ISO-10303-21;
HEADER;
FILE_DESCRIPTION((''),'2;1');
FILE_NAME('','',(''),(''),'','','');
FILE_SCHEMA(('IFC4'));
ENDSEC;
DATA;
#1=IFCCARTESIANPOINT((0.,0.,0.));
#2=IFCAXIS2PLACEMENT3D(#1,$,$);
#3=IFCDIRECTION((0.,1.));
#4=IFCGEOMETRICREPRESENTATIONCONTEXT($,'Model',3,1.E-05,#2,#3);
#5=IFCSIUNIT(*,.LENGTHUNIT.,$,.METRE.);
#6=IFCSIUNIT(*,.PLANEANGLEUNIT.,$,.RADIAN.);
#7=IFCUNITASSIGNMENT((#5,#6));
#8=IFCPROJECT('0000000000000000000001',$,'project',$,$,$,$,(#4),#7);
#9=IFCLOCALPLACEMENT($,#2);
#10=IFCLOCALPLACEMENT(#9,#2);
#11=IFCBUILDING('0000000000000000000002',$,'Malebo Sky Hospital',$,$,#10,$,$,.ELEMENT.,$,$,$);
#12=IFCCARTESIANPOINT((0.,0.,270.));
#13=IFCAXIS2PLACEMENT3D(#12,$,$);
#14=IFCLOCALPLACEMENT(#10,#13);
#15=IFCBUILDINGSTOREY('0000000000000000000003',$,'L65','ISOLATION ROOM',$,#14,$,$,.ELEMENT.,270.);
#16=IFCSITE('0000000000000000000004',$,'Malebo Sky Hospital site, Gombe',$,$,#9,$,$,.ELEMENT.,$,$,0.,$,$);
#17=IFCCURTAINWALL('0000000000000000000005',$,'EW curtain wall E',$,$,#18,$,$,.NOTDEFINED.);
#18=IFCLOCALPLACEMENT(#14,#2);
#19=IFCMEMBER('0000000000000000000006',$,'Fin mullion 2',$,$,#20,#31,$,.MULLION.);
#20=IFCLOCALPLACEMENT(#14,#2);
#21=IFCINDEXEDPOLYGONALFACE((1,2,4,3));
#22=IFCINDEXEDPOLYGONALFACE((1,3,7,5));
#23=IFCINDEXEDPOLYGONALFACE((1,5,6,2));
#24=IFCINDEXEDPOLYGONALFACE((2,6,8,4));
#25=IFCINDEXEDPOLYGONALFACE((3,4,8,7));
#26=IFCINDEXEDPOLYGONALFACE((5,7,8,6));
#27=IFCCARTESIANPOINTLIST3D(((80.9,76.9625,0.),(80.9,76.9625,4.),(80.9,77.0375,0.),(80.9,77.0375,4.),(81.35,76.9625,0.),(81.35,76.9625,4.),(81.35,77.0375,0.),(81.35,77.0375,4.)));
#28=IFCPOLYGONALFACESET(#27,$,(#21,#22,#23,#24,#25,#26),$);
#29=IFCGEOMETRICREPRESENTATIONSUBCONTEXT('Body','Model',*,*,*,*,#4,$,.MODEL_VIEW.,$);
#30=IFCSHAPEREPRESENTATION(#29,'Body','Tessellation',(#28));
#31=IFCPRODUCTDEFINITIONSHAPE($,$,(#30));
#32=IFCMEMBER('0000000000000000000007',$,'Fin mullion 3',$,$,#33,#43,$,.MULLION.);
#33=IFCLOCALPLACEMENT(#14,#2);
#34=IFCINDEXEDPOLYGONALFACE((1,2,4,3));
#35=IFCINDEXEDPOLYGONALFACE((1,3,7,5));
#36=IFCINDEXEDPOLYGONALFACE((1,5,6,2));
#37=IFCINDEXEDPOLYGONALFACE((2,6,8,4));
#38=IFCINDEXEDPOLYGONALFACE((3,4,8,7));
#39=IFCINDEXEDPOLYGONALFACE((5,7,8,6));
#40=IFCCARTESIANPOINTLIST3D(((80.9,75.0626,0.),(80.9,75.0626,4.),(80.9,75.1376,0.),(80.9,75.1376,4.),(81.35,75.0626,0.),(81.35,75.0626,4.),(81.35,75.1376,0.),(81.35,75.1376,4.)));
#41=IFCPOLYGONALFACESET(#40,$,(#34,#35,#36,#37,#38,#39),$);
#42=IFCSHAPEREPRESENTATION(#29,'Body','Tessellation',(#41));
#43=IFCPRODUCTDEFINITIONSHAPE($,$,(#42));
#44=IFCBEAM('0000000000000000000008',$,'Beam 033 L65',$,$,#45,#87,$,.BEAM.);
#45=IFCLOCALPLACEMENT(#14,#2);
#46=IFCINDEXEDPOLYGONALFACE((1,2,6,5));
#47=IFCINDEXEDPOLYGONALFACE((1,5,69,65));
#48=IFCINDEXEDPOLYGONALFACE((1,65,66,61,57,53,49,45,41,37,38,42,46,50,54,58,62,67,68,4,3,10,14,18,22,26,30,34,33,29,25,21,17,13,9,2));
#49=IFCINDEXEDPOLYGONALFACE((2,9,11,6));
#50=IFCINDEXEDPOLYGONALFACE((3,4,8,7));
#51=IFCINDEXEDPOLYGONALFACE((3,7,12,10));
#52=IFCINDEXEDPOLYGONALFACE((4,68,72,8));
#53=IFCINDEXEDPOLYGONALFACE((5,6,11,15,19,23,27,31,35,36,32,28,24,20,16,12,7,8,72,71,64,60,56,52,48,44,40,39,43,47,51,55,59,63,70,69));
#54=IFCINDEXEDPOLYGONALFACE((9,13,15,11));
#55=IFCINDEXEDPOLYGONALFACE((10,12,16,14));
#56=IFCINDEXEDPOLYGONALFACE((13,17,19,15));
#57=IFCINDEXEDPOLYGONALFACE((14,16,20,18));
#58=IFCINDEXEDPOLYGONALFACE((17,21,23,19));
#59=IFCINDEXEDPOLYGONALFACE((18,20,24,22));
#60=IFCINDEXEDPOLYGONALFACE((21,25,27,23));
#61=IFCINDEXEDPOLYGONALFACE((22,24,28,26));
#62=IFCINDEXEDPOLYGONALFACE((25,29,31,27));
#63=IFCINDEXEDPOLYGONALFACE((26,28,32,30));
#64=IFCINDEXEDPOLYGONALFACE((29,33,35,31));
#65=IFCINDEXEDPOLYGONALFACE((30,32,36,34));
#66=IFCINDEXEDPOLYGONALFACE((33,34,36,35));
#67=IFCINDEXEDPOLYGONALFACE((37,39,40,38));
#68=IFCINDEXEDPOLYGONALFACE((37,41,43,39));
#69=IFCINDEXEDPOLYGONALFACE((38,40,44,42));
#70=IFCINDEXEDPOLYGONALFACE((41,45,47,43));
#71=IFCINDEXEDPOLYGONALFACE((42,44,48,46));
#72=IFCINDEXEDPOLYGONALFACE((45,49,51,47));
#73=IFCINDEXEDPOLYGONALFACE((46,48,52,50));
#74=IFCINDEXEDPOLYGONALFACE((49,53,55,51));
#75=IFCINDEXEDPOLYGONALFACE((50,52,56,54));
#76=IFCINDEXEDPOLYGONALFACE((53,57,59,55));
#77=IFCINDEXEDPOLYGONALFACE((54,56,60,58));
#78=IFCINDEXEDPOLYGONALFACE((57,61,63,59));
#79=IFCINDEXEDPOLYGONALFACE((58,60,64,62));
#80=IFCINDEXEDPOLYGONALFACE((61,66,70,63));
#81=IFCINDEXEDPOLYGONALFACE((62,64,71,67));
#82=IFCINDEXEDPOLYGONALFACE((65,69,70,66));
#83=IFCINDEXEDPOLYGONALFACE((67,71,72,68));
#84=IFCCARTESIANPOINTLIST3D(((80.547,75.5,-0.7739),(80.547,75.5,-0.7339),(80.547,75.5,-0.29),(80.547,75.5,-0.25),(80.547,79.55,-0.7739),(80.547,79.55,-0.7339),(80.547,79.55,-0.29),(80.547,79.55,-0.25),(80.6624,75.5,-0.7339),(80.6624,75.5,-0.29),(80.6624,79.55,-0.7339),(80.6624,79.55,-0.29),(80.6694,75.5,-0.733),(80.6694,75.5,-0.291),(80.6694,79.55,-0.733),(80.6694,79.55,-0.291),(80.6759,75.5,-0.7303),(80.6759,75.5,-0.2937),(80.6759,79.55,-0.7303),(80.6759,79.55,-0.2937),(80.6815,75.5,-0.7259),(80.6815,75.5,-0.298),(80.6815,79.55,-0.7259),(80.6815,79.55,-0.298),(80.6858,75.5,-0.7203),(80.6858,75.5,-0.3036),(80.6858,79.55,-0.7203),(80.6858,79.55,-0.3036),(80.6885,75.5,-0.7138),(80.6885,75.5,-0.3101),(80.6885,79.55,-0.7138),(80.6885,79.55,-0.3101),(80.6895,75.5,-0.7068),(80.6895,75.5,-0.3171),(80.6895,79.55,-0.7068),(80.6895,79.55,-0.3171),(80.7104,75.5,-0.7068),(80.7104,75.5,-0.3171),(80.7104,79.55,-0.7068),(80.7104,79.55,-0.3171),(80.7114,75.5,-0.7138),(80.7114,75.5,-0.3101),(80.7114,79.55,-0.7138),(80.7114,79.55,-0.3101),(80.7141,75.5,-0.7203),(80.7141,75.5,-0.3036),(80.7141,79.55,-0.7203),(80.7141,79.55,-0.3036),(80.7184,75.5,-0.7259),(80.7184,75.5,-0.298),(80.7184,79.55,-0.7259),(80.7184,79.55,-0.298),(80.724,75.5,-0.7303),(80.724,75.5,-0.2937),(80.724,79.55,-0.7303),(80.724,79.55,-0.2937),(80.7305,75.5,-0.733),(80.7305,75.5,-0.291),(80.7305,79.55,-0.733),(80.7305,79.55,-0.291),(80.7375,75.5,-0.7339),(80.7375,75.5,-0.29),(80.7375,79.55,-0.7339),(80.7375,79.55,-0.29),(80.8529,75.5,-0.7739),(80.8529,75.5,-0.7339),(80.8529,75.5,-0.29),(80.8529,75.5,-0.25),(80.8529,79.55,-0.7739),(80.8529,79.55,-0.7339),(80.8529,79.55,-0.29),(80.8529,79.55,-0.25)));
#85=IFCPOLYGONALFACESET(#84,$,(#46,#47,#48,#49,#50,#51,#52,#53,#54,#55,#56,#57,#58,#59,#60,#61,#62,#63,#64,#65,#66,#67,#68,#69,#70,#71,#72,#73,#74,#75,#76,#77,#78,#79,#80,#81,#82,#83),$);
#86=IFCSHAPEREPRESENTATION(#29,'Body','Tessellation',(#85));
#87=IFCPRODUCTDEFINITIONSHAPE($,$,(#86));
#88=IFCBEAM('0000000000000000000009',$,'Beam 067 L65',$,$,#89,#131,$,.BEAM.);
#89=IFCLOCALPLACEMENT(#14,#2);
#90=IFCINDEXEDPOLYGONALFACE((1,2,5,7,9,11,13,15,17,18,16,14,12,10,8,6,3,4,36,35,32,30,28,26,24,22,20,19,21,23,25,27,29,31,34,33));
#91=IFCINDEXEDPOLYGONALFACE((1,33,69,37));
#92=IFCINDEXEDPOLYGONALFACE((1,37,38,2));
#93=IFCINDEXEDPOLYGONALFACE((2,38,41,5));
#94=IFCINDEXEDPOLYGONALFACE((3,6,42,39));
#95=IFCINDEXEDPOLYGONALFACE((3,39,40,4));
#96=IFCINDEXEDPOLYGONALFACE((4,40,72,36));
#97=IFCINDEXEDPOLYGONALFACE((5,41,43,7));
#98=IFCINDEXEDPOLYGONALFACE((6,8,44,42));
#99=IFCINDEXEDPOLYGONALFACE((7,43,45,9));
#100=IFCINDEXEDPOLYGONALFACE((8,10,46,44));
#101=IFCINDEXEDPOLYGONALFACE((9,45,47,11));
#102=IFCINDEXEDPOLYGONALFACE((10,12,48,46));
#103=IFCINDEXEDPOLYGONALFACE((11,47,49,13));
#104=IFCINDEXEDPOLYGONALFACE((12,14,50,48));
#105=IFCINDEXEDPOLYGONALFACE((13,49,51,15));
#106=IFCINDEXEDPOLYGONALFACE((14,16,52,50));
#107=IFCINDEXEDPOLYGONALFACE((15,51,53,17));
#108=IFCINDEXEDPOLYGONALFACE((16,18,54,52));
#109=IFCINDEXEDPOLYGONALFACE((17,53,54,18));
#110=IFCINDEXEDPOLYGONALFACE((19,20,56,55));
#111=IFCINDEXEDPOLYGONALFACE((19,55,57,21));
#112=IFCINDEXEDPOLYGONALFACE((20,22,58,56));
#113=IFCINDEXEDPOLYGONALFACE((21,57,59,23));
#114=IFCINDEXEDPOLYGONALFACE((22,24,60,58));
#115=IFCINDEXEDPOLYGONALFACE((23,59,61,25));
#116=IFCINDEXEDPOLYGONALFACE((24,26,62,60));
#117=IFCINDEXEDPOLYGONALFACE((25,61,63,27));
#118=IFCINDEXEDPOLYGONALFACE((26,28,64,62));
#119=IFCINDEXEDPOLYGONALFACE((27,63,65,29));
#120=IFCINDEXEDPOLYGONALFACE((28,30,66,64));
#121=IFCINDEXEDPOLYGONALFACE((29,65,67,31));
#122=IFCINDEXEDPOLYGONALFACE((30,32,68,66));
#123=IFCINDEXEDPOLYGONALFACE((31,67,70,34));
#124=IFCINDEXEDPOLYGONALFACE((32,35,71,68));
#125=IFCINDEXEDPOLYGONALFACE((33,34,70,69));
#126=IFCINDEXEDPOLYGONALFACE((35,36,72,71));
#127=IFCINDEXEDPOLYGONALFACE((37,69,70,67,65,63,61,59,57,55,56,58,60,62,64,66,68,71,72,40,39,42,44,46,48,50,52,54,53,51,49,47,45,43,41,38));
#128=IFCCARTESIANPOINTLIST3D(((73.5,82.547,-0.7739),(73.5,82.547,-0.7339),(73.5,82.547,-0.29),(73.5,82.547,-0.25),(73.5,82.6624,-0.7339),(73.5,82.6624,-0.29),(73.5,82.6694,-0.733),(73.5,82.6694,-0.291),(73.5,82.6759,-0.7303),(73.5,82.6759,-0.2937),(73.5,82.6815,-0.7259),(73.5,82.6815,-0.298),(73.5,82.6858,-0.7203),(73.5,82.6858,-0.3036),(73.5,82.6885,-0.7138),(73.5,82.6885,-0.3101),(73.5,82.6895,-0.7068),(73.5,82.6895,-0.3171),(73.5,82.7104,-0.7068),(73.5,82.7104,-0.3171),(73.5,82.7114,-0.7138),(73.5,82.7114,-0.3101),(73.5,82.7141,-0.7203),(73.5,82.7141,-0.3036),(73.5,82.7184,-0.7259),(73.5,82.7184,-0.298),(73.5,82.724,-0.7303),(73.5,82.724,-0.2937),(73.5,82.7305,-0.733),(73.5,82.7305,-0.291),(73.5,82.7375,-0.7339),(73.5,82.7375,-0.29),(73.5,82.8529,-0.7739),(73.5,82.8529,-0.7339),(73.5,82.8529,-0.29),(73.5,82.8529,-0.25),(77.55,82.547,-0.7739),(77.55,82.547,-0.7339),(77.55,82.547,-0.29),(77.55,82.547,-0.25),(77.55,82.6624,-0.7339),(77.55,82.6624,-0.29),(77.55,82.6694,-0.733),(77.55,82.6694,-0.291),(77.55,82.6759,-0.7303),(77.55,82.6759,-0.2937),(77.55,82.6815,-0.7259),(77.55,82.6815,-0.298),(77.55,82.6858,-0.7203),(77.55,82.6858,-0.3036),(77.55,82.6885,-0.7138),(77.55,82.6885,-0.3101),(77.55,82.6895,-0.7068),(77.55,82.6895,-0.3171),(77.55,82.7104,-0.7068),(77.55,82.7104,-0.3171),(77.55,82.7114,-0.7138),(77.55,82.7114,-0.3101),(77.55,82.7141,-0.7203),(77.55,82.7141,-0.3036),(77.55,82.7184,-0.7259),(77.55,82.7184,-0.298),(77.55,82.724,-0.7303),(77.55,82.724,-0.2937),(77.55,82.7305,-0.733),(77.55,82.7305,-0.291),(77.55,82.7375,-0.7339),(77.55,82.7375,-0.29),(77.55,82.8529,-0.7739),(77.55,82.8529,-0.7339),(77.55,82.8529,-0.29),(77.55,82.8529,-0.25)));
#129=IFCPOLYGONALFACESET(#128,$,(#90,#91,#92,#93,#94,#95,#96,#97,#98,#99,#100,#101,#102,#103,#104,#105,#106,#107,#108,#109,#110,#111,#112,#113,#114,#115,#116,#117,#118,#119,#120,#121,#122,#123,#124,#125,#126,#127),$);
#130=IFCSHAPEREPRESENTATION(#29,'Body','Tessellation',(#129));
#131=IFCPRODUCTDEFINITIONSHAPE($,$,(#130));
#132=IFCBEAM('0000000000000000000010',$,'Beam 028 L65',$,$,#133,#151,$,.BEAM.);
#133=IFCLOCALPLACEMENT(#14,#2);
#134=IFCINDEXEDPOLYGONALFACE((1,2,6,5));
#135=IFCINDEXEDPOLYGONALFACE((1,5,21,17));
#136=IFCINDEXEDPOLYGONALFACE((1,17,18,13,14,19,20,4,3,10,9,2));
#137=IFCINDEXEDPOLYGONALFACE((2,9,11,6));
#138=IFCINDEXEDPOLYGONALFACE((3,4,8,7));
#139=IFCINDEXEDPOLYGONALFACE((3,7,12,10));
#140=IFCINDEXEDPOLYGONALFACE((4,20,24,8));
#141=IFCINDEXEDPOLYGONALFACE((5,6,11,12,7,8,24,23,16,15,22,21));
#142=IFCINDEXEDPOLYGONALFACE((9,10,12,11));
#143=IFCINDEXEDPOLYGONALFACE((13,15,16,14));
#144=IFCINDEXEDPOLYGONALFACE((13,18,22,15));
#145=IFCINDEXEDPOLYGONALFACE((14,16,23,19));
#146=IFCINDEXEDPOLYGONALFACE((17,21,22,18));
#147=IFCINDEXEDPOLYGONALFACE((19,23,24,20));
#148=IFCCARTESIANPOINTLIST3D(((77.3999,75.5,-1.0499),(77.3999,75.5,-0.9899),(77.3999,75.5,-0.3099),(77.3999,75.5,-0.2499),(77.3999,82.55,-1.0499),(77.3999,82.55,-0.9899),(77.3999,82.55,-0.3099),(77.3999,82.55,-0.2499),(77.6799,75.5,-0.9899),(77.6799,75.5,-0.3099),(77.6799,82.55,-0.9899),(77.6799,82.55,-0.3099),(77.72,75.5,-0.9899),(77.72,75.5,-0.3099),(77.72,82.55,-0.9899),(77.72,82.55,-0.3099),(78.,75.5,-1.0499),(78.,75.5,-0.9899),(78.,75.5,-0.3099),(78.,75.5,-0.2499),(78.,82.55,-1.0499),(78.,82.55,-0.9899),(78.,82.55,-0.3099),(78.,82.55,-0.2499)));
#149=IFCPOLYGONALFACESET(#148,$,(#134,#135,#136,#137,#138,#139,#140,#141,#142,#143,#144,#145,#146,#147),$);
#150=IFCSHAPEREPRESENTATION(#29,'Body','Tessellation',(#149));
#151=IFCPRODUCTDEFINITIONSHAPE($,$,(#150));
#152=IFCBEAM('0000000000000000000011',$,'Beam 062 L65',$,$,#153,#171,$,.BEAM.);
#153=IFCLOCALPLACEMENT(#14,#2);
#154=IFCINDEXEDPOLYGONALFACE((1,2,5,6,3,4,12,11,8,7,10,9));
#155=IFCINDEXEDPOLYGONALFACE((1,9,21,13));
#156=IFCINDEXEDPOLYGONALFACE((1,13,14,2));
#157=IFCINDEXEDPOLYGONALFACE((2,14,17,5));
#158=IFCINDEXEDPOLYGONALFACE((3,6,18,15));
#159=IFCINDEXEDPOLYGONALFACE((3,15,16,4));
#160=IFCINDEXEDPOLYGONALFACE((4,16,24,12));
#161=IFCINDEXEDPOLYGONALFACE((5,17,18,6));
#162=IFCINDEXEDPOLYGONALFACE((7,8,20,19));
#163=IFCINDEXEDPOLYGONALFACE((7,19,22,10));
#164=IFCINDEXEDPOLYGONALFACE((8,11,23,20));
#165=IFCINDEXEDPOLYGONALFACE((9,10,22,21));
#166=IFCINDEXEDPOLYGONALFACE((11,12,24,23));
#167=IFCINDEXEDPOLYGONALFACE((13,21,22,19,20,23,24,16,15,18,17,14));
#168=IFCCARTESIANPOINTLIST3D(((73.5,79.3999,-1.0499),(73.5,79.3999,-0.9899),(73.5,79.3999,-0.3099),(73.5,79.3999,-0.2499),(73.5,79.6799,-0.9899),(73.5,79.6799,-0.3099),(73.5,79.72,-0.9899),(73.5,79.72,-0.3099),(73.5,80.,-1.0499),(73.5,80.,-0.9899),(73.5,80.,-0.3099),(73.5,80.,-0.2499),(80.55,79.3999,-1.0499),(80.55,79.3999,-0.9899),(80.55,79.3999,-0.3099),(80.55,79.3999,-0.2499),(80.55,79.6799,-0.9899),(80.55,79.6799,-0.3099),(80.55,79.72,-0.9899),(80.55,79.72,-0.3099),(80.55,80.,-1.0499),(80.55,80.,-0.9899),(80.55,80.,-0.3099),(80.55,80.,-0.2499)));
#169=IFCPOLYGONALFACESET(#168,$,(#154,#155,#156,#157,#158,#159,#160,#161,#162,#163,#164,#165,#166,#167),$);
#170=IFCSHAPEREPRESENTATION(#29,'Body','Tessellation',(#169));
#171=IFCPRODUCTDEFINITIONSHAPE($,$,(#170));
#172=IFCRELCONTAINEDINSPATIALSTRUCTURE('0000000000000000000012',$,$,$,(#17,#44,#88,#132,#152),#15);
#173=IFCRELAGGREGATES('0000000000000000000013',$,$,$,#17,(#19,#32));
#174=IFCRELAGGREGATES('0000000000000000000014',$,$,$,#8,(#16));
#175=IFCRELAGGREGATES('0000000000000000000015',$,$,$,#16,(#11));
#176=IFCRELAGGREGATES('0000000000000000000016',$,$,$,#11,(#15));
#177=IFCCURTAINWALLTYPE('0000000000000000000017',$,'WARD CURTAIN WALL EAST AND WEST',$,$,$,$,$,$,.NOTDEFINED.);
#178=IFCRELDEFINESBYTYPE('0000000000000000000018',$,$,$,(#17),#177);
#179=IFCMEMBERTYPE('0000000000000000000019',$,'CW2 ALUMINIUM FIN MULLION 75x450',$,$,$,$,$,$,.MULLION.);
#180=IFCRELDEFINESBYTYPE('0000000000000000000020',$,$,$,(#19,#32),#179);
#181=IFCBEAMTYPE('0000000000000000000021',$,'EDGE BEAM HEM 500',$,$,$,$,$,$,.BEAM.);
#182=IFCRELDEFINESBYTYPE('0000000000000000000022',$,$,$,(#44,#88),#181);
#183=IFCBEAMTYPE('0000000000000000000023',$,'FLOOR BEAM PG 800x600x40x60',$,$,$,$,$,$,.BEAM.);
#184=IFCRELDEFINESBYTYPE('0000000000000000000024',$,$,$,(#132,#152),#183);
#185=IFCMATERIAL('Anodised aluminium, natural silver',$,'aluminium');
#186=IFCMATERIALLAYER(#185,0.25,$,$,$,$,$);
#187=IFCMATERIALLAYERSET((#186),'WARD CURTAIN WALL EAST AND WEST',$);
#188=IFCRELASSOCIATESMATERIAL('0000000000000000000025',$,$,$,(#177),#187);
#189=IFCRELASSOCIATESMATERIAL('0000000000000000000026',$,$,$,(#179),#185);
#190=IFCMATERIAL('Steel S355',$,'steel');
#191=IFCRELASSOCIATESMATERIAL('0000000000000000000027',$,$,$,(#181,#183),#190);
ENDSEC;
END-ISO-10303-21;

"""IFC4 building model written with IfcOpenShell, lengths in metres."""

from ifc_helpers import new_model, si_unit, direction, frame, origin, origin_2d, place, context, subcontext, project, spatial, rectangle, i_section, extrude, material, layer, layer_set, material_profile, profile_set, type_object, element, aggregate, save


model = new_model("IFC4")

# Units and contexts
model_context = context("Model", 3, precision=1e-05, world=origin(), true_north=direction((0.0, 1.0)))
body_context = subcontext(model_context, "Body", "Model", "MODEL_VIEW")
ifc_project = project(units=[si_unit("LENGTHUNIT", "METRE"), si_unit("PLANEANGLEUNIT", "RADIAN")], contexts=[model_context])

# Site, building, storey
site_placement = place(None, origin())
site = spatial("IfcSite", under=ifc_project, at=site_placement, Name="Malebo Sky Hospital site, Gombe", CompositionType="ELEMENT", RefElevation=0.0)
building_placement = place(site_placement, origin())
building = spatial("IfcBuilding", under=site, at=building_placement, Name="Malebo Sky Hospital", CompositionType="ELEMENT")
storey_placement = place(building_placement, frame((0.0, 0.0, 270.0)))
storey = spatial("IfcBuildingStorey", under=building, at=storey_placement, Name="L65", Description="ISOLATION ROOM", CompositionType="ELEMENT", Elevation=270.0)

# Shared definitions
ifc_material_1 = material(Name="Anodised aluminium, natural silver", Category="aluminium")

# Curtain wall
ifc_layer_1 = layer(ifc_material_1, 0.25)
ifc_layer_set_1 = layer_set([ifc_layer_1], Name="WARD CURTAIN WALL EAST AND WEST")
curtain_wall_type_1 = type_object("IfcCurtainWallType", Name="WARD CURTAIN WALL EAST AND WEST", PredefinedType="NOTDEFINED", material=ifc_layer_set_1)
curtain_wall_1_placement = place(storey_placement, origin())
curtain_wall_1 = element("IfcCurtainWall", 1, at=curtain_wall_1_placement, inside=storey, type_object=curtain_wall_type_1, Name="EW curtain wall E", PredefinedType="NOTDEFINED")

# Members
ifc_material_profile_1 = material_profile(ifc_material_1, rectangle(XDim=0.075, YDim=0.45, at=origin_2d()), Name="CW2 ALUMINIUM FIN MULLION 75x450")
ifc_profile_set_1 = profile_set([ifc_material_profile_1], Name="Anodised aluminium, natural silver")
member_type_1 = type_object("IfcMemberType", Name="CW2 ALUMINIUM FIN MULLION 75x450", PredefinedType="MULLION", material=ifc_profile_set_1)
member_1_placement = place(storey_placement, frame((81.125, 77.0, 0.0), z_axis=(0.0, 0.0, 1.0), x_axis=(0.0, -1.0, 0.0)))
member_1 = element("IfcMember", 2, at=member_1_placement, type_object=member_type_1, Name="Fin mullion 2", PredefinedType="MULLION", context=body_context, shape_type="SweptSolid", body=[
    extrude(rectangle(XDim=0.075, YDim=0.45, at=origin_2d()), origin(), (0.0, 0.0, 1.0), 4.0),
])
member_2_placement = place(storey_placement, frame((81.125, 75.1001, 0.0), z_axis=(0.0, 0.0, 1.0), x_axis=(0.0, -1.0, 0.0)))
member_2 = element("IfcMember", 3, at=member_2_placement, type_object=member_type_1, Name="Fin mullion 3", PredefinedType="MULLION", context=body_context, shape_type="SweptSolid", body=[
    extrude(rectangle(XDim=0.075, YDim=0.45, at=origin_2d()), origin(), (0.0, 0.0, 1.0), 4.0),
])

# Beams
ifc_material_2 = material(Name="Steel S355", Category="steel")
ifc_material_profile_2 = material_profile(ifc_material_2, i_section(OverallWidth=0.3059, OverallDepth=0.5239, WebThickness=0.021, FlangeThickness=0.04, FilletRadius=0.0271, at=origin_2d()), Name="HEM 500")
ifc_profile_set_2 = profile_set([ifc_material_profile_2], Name="Steel S355")
beam_type_1 = type_object("IfcBeamType", Name="EDGE BEAM HEM 500", PredefinedType="BEAM", material=ifc_profile_set_2)
for number, where, z_axis, x_axis, name in (
    (4, (80.7, 75.5, -0.512), (0.0, 1.0, 0.0), (-1.0, 0.0, 0.0), "Beam 033 L65"),
    (5, (73.5, 82.7, -0.512), (1.0, 0.0, 0.0), (0.0, 1.0, 0.0), "Beam 067 L65"),
):
    element("IfcBeam", number, at=place(storey_placement, frame(where, z_axis=z_axis, x_axis=x_axis)), inside=storey, type_object=beam_type_1, Name=name, PredefinedType="BEAM", context=body_context, shape_type="SweptSolid", body=[
        extrude(i_section(OverallWidth=0.3059, OverallDepth=0.5239, WebThickness=0.021, FlangeThickness=0.04, FilletRadius=0.0271, at=origin_2d()), origin(), (0.0, 0.0, 1.0), 4.05),
    ])
ifc_material_profile_3 = material_profile(ifc_material_2, i_section(OverallWidth=0.6001, OverallDepth=0.8, WebThickness=0.04, FlangeThickness=0.0601, at=origin_2d()), Name="PG 800x600x40x60")
ifc_profile_set_3 = profile_set([ifc_material_profile_3], Name="Steel S355")
beam_type_2 = type_object("IfcBeamType", Name="FLOOR BEAM PG 800x600x40x60", PredefinedType="BEAM", material=ifc_profile_set_3)
for number, where, z_axis, x_axis, name in (
    (6, (77.7, 75.5, -0.6499), (0.0, 1.0, 0.0), (-1.0, 0.0, 0.0), "Beam 028 L65"),
    (7, (73.5, 79.7, -0.6499), (1.0, 0.0, 0.0), (0.0, 1.0, 0.0), "Beam 062 L65"),
):
    element("IfcBeam", number, at=place(storey_placement, frame(where, z_axis=z_axis, x_axis=x_axis)), inside=storey, type_object=beam_type_2, Name=name, PredefinedType="BEAM", context=body_context, shape_type="SweptSolid", body=[
        extrude(i_section(OverallWidth=0.6001, OverallDepth=0.8, WebThickness=0.04, FlangeThickness=0.0601, at=origin_2d()), origin(), (0.0, 0.0, 1.0), 7.05),
    ])

aggregate(curtain_wall_1, [member_1, member_2])

save(model, "model.ifc")
